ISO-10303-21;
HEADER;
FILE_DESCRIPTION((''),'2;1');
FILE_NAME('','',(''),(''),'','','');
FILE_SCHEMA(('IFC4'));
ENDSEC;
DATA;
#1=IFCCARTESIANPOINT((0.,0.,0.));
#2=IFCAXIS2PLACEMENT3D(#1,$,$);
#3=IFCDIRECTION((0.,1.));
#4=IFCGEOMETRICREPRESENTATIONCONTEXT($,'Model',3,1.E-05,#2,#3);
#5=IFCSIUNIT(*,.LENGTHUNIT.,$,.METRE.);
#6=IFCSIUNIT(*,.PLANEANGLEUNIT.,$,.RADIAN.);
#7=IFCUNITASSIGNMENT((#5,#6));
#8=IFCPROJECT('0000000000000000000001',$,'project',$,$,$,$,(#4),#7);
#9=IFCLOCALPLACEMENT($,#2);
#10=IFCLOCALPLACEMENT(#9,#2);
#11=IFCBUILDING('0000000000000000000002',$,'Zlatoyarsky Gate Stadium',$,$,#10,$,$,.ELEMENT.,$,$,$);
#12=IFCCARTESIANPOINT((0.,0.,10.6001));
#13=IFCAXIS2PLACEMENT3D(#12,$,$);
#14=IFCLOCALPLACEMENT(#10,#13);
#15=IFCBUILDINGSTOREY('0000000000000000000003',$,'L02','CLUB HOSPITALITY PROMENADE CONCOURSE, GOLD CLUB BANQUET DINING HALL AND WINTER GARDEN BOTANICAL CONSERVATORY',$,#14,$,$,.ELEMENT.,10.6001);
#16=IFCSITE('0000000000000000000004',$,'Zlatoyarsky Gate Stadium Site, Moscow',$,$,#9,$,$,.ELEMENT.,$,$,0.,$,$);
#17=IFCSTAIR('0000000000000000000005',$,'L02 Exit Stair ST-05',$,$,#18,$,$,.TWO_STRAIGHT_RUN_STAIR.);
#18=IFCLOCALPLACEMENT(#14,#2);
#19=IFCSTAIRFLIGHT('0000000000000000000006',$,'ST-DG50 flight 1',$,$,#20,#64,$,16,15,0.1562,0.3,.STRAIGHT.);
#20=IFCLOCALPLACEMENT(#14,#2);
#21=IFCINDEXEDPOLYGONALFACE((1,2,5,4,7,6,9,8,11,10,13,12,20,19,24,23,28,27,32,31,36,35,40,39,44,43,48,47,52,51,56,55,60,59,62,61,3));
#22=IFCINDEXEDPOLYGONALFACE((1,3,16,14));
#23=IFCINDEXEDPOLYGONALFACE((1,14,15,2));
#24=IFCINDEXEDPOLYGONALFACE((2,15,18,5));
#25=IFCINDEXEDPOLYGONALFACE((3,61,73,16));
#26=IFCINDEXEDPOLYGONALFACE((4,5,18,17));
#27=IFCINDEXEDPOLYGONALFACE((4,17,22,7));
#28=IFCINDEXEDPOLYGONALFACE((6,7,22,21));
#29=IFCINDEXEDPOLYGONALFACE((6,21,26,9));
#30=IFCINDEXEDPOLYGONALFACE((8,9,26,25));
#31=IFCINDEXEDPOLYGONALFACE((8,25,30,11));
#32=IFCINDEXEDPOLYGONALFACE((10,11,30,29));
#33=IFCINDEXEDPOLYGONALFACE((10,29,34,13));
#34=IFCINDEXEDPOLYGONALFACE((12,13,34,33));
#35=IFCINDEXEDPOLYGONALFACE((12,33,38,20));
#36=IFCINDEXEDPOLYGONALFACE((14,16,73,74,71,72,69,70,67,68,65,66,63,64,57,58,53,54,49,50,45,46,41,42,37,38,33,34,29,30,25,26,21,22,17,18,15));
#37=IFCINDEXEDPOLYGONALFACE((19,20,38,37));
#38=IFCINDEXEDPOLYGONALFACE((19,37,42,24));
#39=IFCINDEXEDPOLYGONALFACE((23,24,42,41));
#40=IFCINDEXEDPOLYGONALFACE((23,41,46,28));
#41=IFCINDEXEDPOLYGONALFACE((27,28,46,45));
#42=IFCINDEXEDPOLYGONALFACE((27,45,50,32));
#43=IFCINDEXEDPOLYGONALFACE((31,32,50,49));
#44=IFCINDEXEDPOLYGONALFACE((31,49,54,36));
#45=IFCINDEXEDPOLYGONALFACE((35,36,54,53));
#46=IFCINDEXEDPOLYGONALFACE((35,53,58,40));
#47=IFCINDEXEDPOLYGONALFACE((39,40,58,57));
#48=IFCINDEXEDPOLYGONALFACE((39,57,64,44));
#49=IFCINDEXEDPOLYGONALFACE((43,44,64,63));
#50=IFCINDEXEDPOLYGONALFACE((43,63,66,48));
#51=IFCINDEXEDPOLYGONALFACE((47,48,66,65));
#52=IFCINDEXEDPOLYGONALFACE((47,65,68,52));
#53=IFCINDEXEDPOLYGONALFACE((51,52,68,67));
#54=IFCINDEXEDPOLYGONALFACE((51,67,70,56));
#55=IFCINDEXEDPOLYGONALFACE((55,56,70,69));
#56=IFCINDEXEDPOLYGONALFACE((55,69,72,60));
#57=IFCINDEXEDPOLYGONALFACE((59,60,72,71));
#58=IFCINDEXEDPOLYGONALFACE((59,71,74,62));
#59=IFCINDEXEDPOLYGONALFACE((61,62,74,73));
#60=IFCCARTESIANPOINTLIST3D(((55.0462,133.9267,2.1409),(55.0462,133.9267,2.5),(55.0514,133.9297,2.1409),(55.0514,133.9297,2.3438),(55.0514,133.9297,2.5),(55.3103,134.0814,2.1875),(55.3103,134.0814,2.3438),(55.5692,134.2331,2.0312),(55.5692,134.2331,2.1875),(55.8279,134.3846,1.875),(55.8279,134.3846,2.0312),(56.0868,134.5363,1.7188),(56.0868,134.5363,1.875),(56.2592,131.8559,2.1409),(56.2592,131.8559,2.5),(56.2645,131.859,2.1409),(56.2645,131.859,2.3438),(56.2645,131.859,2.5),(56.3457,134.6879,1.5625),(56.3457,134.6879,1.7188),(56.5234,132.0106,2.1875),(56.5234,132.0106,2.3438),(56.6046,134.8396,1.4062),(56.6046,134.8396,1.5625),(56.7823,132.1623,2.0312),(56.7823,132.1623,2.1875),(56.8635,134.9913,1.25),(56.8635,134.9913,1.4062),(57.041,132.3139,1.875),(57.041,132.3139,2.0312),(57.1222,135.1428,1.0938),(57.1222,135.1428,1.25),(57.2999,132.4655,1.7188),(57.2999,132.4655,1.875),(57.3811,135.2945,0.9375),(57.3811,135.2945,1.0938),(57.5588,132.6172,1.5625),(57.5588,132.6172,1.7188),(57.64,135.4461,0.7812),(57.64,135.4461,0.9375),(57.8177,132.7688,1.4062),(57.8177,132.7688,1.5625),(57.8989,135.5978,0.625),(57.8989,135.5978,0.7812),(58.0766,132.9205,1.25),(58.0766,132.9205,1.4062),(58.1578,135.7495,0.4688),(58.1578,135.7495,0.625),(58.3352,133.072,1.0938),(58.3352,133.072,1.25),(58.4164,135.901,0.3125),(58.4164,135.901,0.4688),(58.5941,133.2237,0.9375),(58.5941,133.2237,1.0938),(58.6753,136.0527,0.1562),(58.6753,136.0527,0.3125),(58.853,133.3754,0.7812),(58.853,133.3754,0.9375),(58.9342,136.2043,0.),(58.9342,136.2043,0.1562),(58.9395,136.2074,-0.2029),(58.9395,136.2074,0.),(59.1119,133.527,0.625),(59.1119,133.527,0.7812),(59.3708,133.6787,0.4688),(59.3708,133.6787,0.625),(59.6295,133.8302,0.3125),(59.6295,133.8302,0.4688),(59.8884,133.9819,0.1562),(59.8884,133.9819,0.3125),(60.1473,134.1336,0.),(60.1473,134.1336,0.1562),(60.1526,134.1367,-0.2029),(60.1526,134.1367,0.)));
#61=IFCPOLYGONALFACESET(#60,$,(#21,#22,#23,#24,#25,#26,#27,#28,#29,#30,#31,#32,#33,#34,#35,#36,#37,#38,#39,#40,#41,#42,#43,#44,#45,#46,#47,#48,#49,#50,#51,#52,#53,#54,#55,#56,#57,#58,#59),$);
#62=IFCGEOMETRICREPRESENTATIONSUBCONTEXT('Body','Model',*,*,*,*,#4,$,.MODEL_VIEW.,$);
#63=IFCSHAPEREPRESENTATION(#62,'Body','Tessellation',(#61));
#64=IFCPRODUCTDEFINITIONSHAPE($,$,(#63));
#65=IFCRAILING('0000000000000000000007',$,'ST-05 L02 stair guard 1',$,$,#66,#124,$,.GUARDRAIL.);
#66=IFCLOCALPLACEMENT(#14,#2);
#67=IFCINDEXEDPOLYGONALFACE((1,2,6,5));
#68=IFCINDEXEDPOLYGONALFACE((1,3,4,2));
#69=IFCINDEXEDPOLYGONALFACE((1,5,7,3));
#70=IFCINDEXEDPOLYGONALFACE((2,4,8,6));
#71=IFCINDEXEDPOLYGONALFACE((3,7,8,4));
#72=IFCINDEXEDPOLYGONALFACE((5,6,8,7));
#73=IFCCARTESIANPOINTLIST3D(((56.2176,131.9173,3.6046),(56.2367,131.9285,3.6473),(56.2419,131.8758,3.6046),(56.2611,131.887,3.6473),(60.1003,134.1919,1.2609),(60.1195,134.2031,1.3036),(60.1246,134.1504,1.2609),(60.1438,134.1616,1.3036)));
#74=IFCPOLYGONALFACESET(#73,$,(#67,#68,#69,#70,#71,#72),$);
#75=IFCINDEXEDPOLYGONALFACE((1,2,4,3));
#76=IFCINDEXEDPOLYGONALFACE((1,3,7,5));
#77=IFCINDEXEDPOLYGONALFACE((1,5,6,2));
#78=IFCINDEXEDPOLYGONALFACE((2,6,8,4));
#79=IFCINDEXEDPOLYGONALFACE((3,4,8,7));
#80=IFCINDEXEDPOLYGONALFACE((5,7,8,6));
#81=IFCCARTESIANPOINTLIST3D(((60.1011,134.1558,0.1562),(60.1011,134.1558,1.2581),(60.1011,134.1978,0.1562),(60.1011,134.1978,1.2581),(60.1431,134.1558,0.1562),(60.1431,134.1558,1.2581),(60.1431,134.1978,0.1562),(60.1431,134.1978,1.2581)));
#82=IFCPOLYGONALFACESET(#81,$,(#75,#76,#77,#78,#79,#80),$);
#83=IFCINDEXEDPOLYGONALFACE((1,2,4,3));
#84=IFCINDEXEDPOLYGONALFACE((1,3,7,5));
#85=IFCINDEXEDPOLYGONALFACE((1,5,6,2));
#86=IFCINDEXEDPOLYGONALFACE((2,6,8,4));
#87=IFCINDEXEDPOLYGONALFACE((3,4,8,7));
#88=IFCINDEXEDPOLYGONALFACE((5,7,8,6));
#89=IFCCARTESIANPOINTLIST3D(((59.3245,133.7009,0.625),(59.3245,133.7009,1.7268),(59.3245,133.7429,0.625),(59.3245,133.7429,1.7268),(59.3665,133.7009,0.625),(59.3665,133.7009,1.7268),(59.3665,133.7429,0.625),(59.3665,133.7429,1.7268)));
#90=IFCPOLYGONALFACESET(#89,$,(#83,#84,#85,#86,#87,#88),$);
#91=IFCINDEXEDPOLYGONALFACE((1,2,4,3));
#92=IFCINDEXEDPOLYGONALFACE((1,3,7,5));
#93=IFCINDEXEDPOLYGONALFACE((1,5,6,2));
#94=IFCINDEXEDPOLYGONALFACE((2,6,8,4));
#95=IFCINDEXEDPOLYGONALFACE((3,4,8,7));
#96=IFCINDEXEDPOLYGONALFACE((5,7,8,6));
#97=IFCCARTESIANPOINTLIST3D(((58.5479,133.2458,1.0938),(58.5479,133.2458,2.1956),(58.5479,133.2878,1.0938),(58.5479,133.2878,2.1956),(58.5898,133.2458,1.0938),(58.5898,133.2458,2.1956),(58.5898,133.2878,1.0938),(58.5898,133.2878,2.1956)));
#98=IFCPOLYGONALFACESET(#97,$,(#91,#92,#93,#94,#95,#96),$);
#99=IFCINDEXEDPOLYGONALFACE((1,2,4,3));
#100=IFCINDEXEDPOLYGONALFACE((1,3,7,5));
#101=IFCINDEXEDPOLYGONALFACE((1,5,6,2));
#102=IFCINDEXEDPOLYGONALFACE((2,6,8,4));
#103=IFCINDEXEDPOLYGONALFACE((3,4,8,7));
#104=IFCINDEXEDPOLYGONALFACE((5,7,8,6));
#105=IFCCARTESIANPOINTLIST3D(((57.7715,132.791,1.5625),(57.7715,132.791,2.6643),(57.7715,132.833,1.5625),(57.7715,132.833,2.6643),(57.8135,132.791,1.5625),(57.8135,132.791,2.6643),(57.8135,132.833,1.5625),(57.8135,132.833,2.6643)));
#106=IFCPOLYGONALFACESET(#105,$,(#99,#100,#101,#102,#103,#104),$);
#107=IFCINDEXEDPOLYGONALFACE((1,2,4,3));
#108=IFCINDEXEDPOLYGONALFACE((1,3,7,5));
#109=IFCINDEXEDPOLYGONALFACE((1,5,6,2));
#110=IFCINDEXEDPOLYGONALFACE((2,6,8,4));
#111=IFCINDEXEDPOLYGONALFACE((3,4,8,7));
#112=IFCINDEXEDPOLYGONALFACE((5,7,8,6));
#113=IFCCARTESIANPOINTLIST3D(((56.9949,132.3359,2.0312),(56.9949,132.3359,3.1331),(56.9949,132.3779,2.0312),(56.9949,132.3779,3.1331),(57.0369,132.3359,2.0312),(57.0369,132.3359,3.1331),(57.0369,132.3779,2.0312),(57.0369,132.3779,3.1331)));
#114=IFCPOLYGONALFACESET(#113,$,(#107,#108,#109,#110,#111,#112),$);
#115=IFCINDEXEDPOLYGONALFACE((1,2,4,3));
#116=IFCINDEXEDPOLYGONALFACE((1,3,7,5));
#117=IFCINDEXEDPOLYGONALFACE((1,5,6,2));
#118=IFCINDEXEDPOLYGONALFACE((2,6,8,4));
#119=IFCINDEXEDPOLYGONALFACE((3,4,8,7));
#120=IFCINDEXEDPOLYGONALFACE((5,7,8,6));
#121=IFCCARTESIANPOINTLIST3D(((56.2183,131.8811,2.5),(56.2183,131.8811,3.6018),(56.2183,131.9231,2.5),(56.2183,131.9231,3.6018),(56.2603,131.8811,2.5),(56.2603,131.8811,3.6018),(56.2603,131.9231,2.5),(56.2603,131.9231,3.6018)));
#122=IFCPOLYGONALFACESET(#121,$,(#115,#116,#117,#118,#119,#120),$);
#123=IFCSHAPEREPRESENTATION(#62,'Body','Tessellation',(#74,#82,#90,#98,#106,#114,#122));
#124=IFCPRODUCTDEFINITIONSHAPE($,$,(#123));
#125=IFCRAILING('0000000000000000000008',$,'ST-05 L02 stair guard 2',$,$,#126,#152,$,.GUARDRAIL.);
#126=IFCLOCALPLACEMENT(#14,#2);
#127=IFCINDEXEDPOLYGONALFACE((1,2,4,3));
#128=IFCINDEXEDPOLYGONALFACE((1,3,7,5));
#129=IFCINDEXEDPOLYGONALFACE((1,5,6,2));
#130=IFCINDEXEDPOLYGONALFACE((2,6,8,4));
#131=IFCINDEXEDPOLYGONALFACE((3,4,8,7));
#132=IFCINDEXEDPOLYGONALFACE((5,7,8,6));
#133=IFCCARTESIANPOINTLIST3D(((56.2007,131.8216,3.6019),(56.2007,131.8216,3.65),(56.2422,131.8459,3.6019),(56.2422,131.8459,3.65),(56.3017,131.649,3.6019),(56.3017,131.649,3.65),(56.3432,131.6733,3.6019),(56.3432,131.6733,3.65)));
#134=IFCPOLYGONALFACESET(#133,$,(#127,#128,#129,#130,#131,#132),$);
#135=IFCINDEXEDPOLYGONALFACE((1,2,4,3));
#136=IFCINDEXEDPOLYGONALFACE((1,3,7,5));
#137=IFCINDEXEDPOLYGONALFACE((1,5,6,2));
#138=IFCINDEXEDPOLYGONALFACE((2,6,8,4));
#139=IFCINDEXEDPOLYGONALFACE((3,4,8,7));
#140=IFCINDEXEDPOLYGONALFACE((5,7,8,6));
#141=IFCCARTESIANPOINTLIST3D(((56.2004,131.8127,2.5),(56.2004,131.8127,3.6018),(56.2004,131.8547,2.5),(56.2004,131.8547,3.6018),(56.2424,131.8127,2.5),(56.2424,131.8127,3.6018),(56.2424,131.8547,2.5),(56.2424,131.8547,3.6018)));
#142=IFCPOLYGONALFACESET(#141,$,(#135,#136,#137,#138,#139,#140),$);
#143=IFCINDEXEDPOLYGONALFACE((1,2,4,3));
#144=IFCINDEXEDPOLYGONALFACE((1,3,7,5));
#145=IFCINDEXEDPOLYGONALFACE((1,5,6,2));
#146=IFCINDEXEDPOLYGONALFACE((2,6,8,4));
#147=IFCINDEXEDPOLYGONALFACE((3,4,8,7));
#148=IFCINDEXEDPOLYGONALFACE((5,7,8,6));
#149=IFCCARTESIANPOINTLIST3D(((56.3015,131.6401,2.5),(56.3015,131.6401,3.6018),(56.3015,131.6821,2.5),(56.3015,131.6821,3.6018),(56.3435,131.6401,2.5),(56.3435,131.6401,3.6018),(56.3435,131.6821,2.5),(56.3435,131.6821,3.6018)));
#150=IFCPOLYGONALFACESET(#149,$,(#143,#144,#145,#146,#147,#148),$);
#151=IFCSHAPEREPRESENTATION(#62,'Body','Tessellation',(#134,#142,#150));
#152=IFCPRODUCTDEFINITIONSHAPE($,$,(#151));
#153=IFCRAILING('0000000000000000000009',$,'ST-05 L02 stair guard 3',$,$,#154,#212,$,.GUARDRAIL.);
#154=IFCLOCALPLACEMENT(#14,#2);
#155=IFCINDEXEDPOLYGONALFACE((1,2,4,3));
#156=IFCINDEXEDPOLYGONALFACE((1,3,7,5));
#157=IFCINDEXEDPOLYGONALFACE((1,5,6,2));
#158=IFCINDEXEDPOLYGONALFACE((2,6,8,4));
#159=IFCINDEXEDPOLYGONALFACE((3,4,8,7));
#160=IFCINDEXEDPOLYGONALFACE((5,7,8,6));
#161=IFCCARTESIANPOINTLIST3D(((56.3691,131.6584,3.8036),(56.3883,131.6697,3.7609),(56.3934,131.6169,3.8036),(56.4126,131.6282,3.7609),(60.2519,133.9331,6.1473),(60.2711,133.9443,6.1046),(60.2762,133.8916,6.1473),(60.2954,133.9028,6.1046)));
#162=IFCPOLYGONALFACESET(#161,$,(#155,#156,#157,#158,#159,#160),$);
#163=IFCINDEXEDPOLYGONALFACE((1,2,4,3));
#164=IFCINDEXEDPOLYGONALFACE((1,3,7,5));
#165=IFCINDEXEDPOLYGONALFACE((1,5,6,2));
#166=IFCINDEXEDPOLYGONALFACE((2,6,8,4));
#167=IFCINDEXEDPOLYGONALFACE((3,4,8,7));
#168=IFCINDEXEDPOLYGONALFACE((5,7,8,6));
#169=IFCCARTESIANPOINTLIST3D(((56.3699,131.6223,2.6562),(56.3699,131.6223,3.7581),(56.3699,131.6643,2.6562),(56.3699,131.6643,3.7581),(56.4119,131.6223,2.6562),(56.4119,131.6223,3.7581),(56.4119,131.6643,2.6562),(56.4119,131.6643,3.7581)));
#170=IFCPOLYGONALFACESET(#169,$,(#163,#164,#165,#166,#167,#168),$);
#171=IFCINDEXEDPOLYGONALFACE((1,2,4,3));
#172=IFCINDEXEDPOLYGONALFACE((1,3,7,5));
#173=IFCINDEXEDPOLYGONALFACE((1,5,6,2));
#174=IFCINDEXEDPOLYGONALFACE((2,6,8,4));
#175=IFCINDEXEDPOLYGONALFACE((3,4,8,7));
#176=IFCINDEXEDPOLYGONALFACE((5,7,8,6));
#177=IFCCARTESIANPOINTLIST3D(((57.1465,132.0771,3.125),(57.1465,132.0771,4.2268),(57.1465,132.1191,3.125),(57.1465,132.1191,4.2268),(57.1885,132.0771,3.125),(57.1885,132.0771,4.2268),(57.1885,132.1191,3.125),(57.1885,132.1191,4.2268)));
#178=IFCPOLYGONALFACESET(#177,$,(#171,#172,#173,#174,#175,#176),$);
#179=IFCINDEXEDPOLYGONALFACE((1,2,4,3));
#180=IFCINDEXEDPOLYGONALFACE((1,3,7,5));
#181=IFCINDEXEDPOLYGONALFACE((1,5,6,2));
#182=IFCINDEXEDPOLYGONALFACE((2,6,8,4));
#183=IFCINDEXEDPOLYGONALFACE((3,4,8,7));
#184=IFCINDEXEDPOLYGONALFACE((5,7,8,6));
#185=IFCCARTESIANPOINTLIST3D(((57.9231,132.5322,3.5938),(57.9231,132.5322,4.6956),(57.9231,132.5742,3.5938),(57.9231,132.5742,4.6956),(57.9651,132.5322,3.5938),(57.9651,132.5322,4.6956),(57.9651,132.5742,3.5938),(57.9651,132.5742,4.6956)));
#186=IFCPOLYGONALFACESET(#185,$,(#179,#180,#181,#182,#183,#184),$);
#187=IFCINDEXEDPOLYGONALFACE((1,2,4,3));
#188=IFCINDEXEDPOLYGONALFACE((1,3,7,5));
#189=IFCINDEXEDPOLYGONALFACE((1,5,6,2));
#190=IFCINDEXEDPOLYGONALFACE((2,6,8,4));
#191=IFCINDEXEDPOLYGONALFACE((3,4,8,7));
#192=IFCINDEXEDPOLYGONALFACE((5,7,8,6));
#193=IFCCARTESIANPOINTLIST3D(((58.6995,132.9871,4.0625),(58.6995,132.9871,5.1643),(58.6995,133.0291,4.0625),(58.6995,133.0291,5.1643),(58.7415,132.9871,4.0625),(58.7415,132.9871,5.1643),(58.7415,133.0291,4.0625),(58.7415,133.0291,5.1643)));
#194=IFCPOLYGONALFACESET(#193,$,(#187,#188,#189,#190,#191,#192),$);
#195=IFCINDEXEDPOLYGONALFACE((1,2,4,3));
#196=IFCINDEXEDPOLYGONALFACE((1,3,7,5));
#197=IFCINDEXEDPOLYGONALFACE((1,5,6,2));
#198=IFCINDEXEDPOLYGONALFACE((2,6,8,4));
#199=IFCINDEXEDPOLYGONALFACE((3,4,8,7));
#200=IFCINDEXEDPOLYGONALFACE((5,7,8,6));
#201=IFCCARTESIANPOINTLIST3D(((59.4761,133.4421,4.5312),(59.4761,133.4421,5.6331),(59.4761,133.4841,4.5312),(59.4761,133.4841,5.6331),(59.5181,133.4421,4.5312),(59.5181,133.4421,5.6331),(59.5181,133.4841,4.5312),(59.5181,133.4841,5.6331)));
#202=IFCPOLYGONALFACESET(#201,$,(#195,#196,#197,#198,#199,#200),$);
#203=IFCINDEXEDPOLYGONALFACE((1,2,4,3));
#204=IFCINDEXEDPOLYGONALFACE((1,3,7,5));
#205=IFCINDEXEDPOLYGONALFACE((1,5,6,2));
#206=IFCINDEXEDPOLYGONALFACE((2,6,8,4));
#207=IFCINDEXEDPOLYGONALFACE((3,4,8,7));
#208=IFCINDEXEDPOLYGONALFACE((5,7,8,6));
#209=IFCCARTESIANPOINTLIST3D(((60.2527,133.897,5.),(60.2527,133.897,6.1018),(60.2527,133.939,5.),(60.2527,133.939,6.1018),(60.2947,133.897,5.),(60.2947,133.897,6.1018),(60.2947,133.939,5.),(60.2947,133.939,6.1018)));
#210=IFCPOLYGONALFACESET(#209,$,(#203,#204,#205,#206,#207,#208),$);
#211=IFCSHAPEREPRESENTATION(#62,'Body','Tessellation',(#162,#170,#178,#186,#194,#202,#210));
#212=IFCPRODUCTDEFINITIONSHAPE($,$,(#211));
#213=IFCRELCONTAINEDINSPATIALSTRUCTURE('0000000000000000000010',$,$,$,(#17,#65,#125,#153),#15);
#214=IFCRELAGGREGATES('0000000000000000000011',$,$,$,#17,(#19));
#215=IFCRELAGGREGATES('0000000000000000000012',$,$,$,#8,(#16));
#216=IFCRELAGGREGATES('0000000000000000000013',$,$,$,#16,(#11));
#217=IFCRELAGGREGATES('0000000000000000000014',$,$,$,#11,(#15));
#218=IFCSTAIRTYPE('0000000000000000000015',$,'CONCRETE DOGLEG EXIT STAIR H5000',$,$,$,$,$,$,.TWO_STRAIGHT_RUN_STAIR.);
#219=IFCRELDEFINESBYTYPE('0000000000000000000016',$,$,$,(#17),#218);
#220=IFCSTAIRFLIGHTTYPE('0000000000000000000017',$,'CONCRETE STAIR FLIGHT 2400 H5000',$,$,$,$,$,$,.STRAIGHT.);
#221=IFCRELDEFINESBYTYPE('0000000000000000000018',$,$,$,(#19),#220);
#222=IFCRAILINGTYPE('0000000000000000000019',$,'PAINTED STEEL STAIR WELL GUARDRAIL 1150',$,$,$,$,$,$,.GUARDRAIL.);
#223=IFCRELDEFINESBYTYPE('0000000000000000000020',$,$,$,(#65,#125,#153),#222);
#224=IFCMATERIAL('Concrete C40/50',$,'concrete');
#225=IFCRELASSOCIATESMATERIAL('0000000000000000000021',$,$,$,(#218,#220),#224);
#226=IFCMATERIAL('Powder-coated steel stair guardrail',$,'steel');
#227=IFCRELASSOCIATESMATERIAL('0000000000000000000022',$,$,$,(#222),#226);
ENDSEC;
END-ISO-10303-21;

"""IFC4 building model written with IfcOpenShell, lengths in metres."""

from ifc_helpers import new_model, si_unit, direction, frame, origin, origin_2d, place, context, subcontext, project, spatial, polyline, rectangle, outline, extrude, material, type_object, element, aggregate, save


model = new_model("IFC4")

# Units and contexts
model_context = context("Model", 3, precision=1e-05, world=origin(), true_north=direction((0.0, 1.0)))
body_context = subcontext(model_context, "Body", "Model", "MODEL_VIEW")
ifc_project = project(units=[si_unit("LENGTHUNIT", "METRE"), si_unit("PLANEANGLEUNIT", "RADIAN")], contexts=[model_context])

# Site, building, storey
site_placement = place(None, origin())
site = spatial("IfcSite", under=ifc_project, at=site_placement, Name="Zlatoyarsky Gate Stadium Site, Moscow", CompositionType="ELEMENT", RefElevation=0.0)
building_placement = place(site_placement, origin())
building = spatial("IfcBuilding", under=site, at=building_placement, Name="Zlatoyarsky Gate Stadium", CompositionType="ELEMENT")
storey_placement = place(building_placement, frame((0.0, 0.0, 10.6001)))
storey = spatial("IfcBuildingStorey", under=building, at=storey_placement, Name="L02", Description="CLUB HOSPITALITY PROMENADE CONCOURSE, GOLD CLUB BANQUET DINING HALL AND WINTER GARDEN BOTANICAL CONSERVATORY", CompositionType="ELEMENT", Elevation=10.6001)

# Shared definitions
ifc_material_1 = material(Name="Concrete C40/50", Category="concrete")

# Stair, stair flight
stair_type = type_object("IfcStairType", Name="CONCRETE DOGLEG EXIT STAIR H5000", PredefinedType="TWO_STRAIGHT_RUN_STAIR", material=ifc_material_1)
stair_placement = place(storey_placement, origin())
stair = element("IfcStair", 1, at=stair_placement, inside=storey, type_object=stair_type, Name="L02 Exit Stair ST-05", PredefinedType="TWO_STRAIGHT_RUN_STAIR")
stair_flight_type = type_object("IfcStairFlightType", Name="CONCRETE STAIR FLIGHT 2400 H5000", PredefinedType="STRAIGHT", material=ifc_material_1)
stair_flight_placement = place(storey_placement, frame((59.5408, 135.1689, 0.0), z_axis=(0.0, 0.0, 1.0), x_axis=(-0.862848, -0.505463, 0.0)))
stair_flight = element("IfcStairFlight", 2, at=stair_flight_placement, type_object=stair_flight_type, Name="ST-DG50 flight 1", NumberOfRisers=16, NumberOfTreads=15, PredefinedType="STRAIGHT", RiserHeight=0.1562, TreadLength=0.3, context=body_context, shape_type="SweptSolid", body=[
    extrude(outline(polyline([(-0.0061, -0.2029), (-0.0061, 0.0), (0.0, 0.0), (0.0, 0.1562), (0.3, 0.1562), (0.3, 0.3125), (0.6001, 0.3125), (0.6001, 0.4688), (0.8999, 0.4688), (0.8999, 0.625), (1.2, 0.625), (1.2, 0.7812), (1.5, 0.7812), (1.5, 0.9375), (1.8, 0.9375), (1.8, 1.0938), (2.1001, 1.0938), (2.1001, 1.25), (2.3999, 1.25), (2.3999, 1.4062), (2.7, 1.4062), (2.7, 1.5625), (3.0, 1.5625), (3.0, 1.7188), (3.3, 1.7188), (3.3, 1.875), (3.6001, 1.875), (3.6001, 2.0312), (3.8999, 2.0312), (3.8999, 2.1875), (4.2, 2.1875), (4.2, 2.3438), (4.5, 2.3438), (4.5, 2.5), (4.5061, 2.5), (4.5061, 2.1409), (4.5, 2.1409), (-0.0061, -0.2029)])), frame((0.0, 1.2, 0.0), z_axis=(0.0, -1.0, 0.0), x_axis=(1.0, 0.0, 0.0)), (0.0, 0.0, 1.0), 2.3999),
])
aggregate(stair, [stair_flight])

# Railings
ifc_material_2 = material(Name="Powder-coated steel stair guardrail", Category="steel")
railing_type_1 = type_object("IfcRailingType", Name="PAINTED STEEL STAIR WELL GUARDRAIL 1150", PredefinedType="GUARDRAIL", material=ifc_material_2)
railing_1_placement = place(storey_placement, frame((60.1221, 134.1768, 0.1562)))
element("IfcRailing", 3, at=railing_1_placement, inside=storey, type_object=railing_type_1, Name="ST-05 L02 stair guard 1", PredefinedType="GUARDRAIL", context=body_context, shape_type="SweptSolid", body=[
    extrude(rectangle(XDim=0.0481, YDim=0.0481, at=origin_2d()), frame((0.0, 0.0, 1.126), z_axis=(-0.765267, -0.448314, 0.461932), x_axis=(0.505476, -0.862841, 0.0)), (0.0, 0.0, 1.0), 5.0737),
    extrude(rectangle(XDim=0.042, YDim=0.042, at=origin_2d()), origin(), (0.0, 0.0, 1.0), 1.1018),
    extrude(rectangle(XDim=0.042, YDim=0.042, at=origin_2d()), frame((-0.7766, -0.4548, 0.4688)), (0.0, 0.0, 1.0), 1.1018),
    extrude(rectangle(XDim=0.042, YDim=0.042, at=origin_2d()), frame((-1.5532, -0.9099, 0.9375)), (0.0, 0.0, 1.0), 1.1018),
    extrude(rectangle(XDim=0.042, YDim=0.042, at=origin_2d()), frame((-2.3296, -1.3647, 1.4062)), (0.0, 0.0, 1.0), 1.1018),
    extrude(rectangle(XDim=0.042, YDim=0.042, at=origin_2d()), frame((-3.1062, -1.8198, 1.875)), (0.0, 0.0, 1.0), 1.1018),
    extrude(rectangle(XDim=0.042, YDim=0.042, at=origin_2d()), frame((-3.8828, -2.2747, 2.3438)), (0.0, 0.0, 1.0), 1.1018),
])
railing_2_placement = place(storey_placement, frame((56.2214, 131.8337, 2.5)))
element("IfcRailing", 4, at=railing_2_placement, inside=storey, type_object=railing_type_1, Name="ST-05 L02 stair guard 2", PredefinedType="GUARDRAIL", context=body_context, shape_type="SweptSolid", body=[
    extrude(rectangle(XDim=0.0481, YDim=0.0481, at=origin_2d()), frame((0.0, 0.0, 1.126), z_axis=(0.505312, -0.862937, 0.0), x_axis=(0.862937, 0.505312, 0.0)), (0.0, 0.0, 1.0), 0.2),
    extrude(rectangle(XDim=0.042, YDim=0.042, at=origin_2d()), origin(), (0.0, 0.0, 1.0), 1.1018),
    extrude(rectangle(XDim=0.042, YDim=0.042, at=origin_2d()), frame((0.1011, -0.1726, 0.0)), (0.0, 0.0, 1.0), 1.1018),
])
railing_3_placement = place(storey_placement, frame((56.3909, 131.6433, 2.6562)))
element("IfcRailing", 5, at=railing_3_placement, inside=storey, type_object=railing_type_1, Name="ST-05 L02 stair guard 3", PredefinedType="GUARDRAIL", context=body_context, shape_type="SweptSolid", body=[
    extrude(rectangle(XDim=0.0481, YDim=0.0481, at=origin_2d()), frame((0.0, 0.0, 1.126), z_axis=(0.765267, 0.448314, 0.461932), x_axis=(-0.505476, 0.862841, 0.0)), (0.0, 0.0, 1.0), 5.0737),
    extrude(rectangle(XDim=0.042, YDim=0.042, at=origin_2d()), origin(), (0.0, 0.0, 1.0), 1.1018),
    extrude(rectangle(XDim=0.042, YDim=0.042, at=origin_2d()), frame((0.7766, 0.4548, 0.4688)), (0.0, 0.0, 1.0), 1.1018),
    extrude(rectangle(XDim=0.042, YDim=0.042, at=origin_2d()), frame((1.5532, 0.9099, 0.9375)), (0.0, 0.0, 1.0), 1.1018),
    extrude(rectangle(XDim=0.042, YDim=0.042, at=origin_2d()), frame((2.3296, 1.3647, 1.4062)), (0.0, 0.0, 1.0), 1.1018),
    extrude(rectangle(XDim=0.042, YDim=0.042, at=origin_2d()), frame((3.1062, 1.8198, 1.875)), (0.0, 0.0, 1.0), 1.1018),
    extrude(rectangle(XDim=0.042, YDim=0.042, at=origin_2d()), frame((3.8828, 2.2747, 2.3438)), (0.0, 0.0, 1.0), 1.1018),
])

save(model, "model.ifc")
